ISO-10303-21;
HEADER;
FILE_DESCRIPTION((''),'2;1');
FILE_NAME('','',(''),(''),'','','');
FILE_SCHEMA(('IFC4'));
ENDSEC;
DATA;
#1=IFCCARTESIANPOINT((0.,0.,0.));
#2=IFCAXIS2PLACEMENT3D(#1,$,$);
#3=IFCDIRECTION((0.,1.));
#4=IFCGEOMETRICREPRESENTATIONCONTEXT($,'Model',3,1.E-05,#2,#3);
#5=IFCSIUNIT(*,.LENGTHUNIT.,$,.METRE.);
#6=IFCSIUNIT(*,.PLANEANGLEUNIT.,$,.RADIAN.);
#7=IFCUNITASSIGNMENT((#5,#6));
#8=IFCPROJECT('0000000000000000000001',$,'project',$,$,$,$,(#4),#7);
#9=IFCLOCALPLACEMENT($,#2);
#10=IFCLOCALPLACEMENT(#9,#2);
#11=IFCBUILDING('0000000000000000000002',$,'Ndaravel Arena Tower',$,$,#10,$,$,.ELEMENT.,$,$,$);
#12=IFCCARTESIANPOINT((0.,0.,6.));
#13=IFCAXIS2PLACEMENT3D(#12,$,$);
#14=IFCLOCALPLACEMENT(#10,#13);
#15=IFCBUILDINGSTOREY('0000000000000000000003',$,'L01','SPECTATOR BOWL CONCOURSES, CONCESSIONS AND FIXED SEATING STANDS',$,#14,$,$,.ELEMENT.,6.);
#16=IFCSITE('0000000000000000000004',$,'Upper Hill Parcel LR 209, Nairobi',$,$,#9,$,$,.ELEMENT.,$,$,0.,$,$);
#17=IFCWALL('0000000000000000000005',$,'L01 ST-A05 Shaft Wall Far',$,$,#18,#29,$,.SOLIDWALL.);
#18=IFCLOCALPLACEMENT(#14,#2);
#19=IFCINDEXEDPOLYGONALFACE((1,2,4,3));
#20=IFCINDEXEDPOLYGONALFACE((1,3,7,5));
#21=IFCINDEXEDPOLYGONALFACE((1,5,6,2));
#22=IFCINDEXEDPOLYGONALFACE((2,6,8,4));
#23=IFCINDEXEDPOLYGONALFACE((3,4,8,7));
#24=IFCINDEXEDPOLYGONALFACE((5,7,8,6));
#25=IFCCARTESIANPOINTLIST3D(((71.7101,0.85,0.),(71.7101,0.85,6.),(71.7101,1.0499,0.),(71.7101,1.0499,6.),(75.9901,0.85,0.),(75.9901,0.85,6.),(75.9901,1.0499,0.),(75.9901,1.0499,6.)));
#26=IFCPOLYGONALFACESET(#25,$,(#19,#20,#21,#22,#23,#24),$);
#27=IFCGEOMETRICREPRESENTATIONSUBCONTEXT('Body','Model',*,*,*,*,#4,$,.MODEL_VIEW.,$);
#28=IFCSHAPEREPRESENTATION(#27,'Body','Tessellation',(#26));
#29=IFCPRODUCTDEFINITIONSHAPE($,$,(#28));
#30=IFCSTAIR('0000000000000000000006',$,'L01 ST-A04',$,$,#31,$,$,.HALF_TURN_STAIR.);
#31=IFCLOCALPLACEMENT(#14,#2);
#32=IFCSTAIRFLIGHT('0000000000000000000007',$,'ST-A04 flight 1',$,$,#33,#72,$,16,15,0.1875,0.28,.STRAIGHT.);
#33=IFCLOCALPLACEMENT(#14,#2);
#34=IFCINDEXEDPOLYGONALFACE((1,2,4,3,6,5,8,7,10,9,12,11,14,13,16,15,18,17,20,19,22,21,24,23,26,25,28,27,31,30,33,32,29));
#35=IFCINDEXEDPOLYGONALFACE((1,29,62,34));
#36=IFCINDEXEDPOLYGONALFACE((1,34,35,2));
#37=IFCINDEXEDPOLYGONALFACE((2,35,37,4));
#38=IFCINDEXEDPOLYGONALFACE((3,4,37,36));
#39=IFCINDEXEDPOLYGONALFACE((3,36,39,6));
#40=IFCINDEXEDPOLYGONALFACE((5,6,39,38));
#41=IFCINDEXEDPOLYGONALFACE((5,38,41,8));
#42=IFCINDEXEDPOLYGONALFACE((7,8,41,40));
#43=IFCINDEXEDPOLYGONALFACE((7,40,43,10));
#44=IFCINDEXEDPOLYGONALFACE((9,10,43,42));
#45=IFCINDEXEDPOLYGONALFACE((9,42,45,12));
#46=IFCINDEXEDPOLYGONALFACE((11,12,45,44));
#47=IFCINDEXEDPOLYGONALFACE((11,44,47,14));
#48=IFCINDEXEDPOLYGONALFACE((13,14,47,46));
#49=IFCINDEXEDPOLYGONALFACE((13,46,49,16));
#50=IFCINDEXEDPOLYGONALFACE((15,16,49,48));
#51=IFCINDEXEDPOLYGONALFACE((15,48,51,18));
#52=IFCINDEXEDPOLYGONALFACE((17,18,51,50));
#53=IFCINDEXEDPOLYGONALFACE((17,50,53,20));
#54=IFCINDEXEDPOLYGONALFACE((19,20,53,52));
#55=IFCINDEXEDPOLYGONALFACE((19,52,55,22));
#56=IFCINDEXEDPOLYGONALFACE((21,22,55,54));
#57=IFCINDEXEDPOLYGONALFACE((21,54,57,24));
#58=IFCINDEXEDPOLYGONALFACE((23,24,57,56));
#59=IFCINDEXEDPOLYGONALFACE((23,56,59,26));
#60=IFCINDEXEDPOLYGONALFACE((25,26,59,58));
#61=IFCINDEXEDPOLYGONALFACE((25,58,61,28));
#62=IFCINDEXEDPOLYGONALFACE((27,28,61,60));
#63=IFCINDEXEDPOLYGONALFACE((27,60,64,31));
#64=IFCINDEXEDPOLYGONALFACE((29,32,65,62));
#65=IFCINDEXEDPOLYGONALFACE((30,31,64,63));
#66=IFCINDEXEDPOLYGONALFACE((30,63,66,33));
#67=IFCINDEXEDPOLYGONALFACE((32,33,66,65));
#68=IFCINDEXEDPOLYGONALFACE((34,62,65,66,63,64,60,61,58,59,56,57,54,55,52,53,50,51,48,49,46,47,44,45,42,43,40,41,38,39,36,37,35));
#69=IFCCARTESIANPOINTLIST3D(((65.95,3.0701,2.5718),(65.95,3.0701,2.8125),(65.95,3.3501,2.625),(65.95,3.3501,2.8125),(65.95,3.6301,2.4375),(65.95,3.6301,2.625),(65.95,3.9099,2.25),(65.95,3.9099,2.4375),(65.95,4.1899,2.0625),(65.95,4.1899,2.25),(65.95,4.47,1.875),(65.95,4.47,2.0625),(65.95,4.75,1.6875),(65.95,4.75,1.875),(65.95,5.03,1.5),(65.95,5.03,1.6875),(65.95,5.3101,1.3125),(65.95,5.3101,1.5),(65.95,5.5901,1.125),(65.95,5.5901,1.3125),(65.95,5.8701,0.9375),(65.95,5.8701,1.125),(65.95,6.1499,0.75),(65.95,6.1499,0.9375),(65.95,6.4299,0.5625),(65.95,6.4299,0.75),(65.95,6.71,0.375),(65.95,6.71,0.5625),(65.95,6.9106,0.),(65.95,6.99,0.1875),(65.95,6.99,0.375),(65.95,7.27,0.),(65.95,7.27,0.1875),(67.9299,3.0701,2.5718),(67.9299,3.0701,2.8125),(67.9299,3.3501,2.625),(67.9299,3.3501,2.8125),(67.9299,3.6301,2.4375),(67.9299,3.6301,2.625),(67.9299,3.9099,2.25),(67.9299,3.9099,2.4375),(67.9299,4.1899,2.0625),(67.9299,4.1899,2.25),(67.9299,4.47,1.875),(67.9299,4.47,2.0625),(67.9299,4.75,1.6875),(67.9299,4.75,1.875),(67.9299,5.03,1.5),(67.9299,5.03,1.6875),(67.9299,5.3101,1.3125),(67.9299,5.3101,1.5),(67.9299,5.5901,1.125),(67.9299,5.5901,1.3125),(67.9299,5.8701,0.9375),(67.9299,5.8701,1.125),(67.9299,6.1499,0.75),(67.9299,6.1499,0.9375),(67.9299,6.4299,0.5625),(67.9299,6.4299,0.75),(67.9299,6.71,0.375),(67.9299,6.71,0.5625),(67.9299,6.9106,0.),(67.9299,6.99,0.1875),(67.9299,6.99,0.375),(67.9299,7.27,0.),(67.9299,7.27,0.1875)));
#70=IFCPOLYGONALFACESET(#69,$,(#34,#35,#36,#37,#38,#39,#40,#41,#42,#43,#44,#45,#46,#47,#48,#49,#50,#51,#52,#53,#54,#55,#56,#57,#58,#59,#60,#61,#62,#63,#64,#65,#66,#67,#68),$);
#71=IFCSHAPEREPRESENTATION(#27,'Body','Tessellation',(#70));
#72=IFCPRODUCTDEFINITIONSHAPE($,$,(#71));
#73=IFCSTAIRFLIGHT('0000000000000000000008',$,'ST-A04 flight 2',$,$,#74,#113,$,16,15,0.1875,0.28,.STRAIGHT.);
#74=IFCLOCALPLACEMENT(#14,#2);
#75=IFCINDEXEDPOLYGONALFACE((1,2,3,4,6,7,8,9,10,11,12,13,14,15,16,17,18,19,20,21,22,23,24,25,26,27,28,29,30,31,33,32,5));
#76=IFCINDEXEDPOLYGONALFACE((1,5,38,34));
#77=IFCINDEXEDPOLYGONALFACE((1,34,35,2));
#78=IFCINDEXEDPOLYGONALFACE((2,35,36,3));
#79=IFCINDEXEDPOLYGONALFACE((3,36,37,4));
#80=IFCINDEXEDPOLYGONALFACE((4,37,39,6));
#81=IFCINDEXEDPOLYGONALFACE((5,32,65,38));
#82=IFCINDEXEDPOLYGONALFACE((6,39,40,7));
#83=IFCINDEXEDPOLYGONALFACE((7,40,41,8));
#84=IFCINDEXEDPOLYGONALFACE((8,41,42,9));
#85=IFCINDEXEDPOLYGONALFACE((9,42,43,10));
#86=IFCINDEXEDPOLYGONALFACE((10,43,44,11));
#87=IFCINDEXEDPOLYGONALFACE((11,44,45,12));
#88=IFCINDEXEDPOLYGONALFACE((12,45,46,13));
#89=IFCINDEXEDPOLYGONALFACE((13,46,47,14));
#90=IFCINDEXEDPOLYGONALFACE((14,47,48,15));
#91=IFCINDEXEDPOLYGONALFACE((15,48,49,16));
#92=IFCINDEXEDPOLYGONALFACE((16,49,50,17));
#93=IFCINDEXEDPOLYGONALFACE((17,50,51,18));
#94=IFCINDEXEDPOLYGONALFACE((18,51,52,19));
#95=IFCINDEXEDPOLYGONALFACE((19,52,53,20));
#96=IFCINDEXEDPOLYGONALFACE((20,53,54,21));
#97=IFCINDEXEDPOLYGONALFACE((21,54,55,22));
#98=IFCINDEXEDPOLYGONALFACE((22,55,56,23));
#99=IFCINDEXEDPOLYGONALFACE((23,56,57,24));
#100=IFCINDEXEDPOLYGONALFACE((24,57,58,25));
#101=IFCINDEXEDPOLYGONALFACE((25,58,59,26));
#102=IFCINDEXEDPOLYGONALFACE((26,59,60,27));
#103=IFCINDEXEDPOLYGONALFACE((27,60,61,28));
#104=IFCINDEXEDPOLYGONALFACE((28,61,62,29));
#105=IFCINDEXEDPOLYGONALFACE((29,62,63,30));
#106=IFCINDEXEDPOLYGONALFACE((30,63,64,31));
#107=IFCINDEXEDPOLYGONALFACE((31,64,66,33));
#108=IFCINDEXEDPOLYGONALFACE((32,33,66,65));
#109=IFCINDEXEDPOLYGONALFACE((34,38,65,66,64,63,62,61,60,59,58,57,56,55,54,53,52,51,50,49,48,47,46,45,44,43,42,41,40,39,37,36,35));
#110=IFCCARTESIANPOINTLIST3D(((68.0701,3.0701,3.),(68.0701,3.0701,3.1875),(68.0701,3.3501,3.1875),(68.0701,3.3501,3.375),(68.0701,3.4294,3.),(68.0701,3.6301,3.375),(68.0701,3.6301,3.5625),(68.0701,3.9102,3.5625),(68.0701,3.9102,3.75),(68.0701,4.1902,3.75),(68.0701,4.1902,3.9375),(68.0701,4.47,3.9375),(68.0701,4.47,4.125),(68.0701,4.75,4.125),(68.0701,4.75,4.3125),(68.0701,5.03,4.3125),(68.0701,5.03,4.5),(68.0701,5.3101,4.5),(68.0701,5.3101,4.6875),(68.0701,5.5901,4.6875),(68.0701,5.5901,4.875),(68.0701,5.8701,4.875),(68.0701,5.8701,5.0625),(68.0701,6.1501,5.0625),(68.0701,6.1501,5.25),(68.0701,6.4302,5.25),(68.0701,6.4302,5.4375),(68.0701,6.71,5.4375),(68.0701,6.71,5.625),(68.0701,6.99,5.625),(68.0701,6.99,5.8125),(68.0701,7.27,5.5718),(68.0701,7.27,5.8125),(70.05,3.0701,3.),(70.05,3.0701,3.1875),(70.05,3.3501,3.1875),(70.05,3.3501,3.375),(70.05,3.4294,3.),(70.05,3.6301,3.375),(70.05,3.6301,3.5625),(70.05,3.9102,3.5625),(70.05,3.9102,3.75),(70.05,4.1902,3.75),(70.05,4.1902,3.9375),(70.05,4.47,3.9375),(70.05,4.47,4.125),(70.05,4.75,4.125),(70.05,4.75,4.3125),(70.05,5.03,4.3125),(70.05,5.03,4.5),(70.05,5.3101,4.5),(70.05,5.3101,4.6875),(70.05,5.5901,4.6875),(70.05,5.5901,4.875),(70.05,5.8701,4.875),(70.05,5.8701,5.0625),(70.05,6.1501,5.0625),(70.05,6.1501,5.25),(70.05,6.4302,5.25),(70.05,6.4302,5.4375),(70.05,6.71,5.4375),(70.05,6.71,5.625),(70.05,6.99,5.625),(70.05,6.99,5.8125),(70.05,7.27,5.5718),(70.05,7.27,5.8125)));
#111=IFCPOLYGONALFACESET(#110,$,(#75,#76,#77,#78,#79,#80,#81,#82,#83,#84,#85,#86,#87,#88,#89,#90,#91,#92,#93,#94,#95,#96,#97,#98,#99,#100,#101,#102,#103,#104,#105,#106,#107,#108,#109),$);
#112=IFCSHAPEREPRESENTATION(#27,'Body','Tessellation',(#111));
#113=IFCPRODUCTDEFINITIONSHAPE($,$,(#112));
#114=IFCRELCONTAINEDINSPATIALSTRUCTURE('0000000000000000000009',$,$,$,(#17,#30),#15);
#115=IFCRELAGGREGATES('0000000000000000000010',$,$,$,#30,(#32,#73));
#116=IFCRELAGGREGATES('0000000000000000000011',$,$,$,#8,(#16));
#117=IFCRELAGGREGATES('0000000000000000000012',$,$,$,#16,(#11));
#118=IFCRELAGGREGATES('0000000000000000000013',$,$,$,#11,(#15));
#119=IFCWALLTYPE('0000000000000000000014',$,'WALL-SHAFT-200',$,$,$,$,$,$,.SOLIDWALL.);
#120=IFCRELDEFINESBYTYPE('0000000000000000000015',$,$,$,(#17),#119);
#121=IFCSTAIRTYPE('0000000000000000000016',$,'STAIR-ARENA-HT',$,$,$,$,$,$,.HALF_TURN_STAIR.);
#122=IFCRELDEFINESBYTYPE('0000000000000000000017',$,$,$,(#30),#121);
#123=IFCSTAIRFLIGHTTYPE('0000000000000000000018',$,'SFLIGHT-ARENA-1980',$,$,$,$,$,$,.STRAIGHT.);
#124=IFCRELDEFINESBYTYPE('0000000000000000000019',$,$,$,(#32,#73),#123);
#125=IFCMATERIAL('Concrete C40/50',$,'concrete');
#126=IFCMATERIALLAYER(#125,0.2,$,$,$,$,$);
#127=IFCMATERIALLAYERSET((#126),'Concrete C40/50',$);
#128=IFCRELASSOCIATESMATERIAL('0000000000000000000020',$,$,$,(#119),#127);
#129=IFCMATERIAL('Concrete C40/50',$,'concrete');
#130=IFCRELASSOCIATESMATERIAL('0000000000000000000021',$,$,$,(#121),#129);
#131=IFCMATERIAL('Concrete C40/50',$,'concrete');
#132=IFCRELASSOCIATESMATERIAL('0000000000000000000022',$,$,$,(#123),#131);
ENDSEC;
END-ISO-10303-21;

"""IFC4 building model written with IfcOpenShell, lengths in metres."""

from ifc_helpers import new_model, si_unit, direction, frame, frame_2d, origin, place, context, subcontext, project, spatial, polyline, rectangle, outline, extrude, material, layer, layer_set, type_object, element, aggregate, save


model = new_model("IFC4")

# Units and contexts
model_context = context("Model", 3, precision=1e-05, world=origin(), true_north=direction((0.0, 1.0)))
body_context = subcontext(model_context, "Body", "Model", "MODEL_VIEW")
ifc_project = project(units=[si_unit("LENGTHUNIT", "METRE"), si_unit("PLANEANGLEUNIT", "RADIAN")], contexts=[model_context])

# Site, building, storey
site_placement = place(None, origin())
site = spatial("IfcSite", under=ifc_project, at=site_placement, Name="Upper Hill Parcel LR 209, Nairobi", CompositionType="ELEMENT", RefElevation=0.0)
building_placement = place(site_placement, origin())
building = spatial("IfcBuilding", under=site, at=building_placement, Name="Ndaravel Arena Tower", CompositionType="ELEMENT")
storey_placement = place(building_placement, frame((0.0, 0.0, 6.0)))
storey = spatial("IfcBuildingStorey", under=building, at=storey_placement, Name="L01", Description="SPECTATOR BOWL CONCOURSES, CONCESSIONS AND FIXED SEATING STANDS", CompositionType="ELEMENT", Elevation=6.0)

# Wall
ifc_material_1 = material(Name="Concrete C40/50", Category="concrete")
ifc_layer_1 = layer(ifc_material_1, 0.2)
ifc_layer_set_1 = layer_set([ifc_layer_1], Name="Concrete C40/50")
wall_type_1 = type_object("IfcWallType", Name="WALL-SHAFT-200", PredefinedType="SOLIDWALL", material=ifc_layer_set_1)
wall_1_placement = place(storey_placement, frame((71.71, 0.95, 0.0), z_axis=(0.0, 0.0, 1.0), x_axis=(1.0, 0.0, 0.0)))
element("IfcWall", 1, at=wall_1_placement, inside=storey, type_object=wall_type_1, Name="L01 ST-A05 Shaft Wall Far", PredefinedType="SOLIDWALL", context=body_context, shape_type="SweptSolid", body=[
    extrude(rectangle(XDim=4.28, YDim=0.2, at=frame_2d((2.1401, 0.0))), origin(), (0.0, 0.0, 1.0), 6.0),
])

# Stair, stair flights
ifc_material_2 = material(Name="Concrete C40/50", Category="concrete")
stair_type = type_object("IfcStairType", Name="STAIR-ARENA-HT", PredefinedType="HALF_TURN_STAIR", material=ifc_material_2)
stair_placement = place(storey_placement, origin())
stair = element("IfcStair", 2, at=stair_placement, inside=storey, type_object=stair_type, Name="L01 ST-A04", PredefinedType="HALF_TURN_STAIR")
ifc_material_3 = material(Name="Concrete C40/50", Category="concrete")
stair_flight_type = type_object("IfcStairFlightType", Name="SFLIGHT-ARENA-1980", PredefinedType="STRAIGHT", material=ifc_material_3)
stair_flight_1_placement = place(storey_placement, frame((66.9399, 7.27, 0.0), z_axis=(0.0, 0.0, 1.0), x_axis=(0.0, -1.0, 0.0)))
stair_flight_1 = element("IfcStairFlight", 3, at=stair_flight_1_placement, type_object=stair_flight_type, Name="ST-A04 flight 1", NumberOfRisers=16, NumberOfTreads=15, PredefinedType="STRAIGHT", RiserHeight=0.1875, TreadLength=0.28, context=body_context, shape_type="SweptSolid", body=[
    extrude(outline(polyline([(0.0, 0.0), (0.0, 0.1875), (0.28, 0.1875), (0.28, 0.375), (0.5601, 0.375), (0.5601, 0.5625), (0.8401, 0.5625), (0.8401, 0.75), (1.1201, 0.75), (1.1201, 0.9375), (1.3999, 0.9375), (1.3999, 1.125), (1.6799, 1.125), (1.6799, 1.3125), (1.96, 1.3125), (1.96, 1.5), (2.24, 1.5), (2.24, 1.6875), (2.52, 1.6875), (2.52, 1.875), (2.8, 1.875), (2.8, 2.0625), (3.0801, 2.0625), (3.0801, 2.25), (3.3601, 2.25), (3.3601, 2.4375), (3.6399, 2.4375), (3.6399, 2.625), (3.9199, 2.625), (3.9199, 2.8125), (4.2, 2.8125), (4.2, 3.0), (4.2, 2.5718), (0.3594, 0.0), (0.0, 0.0)])), frame((0.0, 0.99, 0.0), z_axis=(0.0, -1.0, 0.0), x_axis=(1.0, 0.0, 0.0)), (0.0, 0.0, 1.0), 1.98),
])
stair_flight_2_placement = place(storey_placement, frame((69.0601, 3.0701, 3.0), z_axis=(0.0, 0.0, 1.0), x_axis=(0.0, 1.0, 0.0)))
stair_flight_2 = element("IfcStairFlight", 4, at=stair_flight_2_placement, type_object=stair_flight_type, Name="ST-A04 flight 2", NumberOfRisers=16, NumberOfTreads=15, PredefinedType="STRAIGHT", RiserHeight=0.1875, TreadLength=0.28, context=body_context, shape_type="SweptSolid", body=[
    extrude(outline(polyline([(0.0, 0.0), (0.0, 0.1875), (0.28, 0.1875), (0.28, 0.375), (0.5601, 0.375), (0.5601, 0.5625), (0.8401, 0.5625), (0.8401, 0.75), (1.1201, 0.75), (1.1201, 0.9375), (1.3999, 0.9375), (1.3999, 1.125), (1.6799, 1.125), (1.6799, 1.3125), (1.96, 1.3125), (1.96, 1.5), (2.24, 1.5), (2.24, 1.6875), (2.52, 1.6875), (2.52, 1.875), (2.8, 1.875), (2.8, 2.0625), (3.0801, 2.0625), (3.0801, 2.25), (3.3601, 2.25), (3.3601, 2.4375), (3.6399, 2.4375), (3.6399, 2.625), (3.9199, 2.625), (3.9199, 2.8125), (4.2, 2.8125), (4.2, 3.0), (4.2, 2.5718), (0.3594, 0.0), (0.0, 0.0)])), frame((0.0, 0.99, 0.0), z_axis=(0.0, -1.0, 0.0), x_axis=(1.0, 0.0, 0.0)), (0.0, 0.0, 1.0), 1.98),
])
aggregate(stair, [stair_flight_1, stair_flight_2])

save(model, "model.ifc")
